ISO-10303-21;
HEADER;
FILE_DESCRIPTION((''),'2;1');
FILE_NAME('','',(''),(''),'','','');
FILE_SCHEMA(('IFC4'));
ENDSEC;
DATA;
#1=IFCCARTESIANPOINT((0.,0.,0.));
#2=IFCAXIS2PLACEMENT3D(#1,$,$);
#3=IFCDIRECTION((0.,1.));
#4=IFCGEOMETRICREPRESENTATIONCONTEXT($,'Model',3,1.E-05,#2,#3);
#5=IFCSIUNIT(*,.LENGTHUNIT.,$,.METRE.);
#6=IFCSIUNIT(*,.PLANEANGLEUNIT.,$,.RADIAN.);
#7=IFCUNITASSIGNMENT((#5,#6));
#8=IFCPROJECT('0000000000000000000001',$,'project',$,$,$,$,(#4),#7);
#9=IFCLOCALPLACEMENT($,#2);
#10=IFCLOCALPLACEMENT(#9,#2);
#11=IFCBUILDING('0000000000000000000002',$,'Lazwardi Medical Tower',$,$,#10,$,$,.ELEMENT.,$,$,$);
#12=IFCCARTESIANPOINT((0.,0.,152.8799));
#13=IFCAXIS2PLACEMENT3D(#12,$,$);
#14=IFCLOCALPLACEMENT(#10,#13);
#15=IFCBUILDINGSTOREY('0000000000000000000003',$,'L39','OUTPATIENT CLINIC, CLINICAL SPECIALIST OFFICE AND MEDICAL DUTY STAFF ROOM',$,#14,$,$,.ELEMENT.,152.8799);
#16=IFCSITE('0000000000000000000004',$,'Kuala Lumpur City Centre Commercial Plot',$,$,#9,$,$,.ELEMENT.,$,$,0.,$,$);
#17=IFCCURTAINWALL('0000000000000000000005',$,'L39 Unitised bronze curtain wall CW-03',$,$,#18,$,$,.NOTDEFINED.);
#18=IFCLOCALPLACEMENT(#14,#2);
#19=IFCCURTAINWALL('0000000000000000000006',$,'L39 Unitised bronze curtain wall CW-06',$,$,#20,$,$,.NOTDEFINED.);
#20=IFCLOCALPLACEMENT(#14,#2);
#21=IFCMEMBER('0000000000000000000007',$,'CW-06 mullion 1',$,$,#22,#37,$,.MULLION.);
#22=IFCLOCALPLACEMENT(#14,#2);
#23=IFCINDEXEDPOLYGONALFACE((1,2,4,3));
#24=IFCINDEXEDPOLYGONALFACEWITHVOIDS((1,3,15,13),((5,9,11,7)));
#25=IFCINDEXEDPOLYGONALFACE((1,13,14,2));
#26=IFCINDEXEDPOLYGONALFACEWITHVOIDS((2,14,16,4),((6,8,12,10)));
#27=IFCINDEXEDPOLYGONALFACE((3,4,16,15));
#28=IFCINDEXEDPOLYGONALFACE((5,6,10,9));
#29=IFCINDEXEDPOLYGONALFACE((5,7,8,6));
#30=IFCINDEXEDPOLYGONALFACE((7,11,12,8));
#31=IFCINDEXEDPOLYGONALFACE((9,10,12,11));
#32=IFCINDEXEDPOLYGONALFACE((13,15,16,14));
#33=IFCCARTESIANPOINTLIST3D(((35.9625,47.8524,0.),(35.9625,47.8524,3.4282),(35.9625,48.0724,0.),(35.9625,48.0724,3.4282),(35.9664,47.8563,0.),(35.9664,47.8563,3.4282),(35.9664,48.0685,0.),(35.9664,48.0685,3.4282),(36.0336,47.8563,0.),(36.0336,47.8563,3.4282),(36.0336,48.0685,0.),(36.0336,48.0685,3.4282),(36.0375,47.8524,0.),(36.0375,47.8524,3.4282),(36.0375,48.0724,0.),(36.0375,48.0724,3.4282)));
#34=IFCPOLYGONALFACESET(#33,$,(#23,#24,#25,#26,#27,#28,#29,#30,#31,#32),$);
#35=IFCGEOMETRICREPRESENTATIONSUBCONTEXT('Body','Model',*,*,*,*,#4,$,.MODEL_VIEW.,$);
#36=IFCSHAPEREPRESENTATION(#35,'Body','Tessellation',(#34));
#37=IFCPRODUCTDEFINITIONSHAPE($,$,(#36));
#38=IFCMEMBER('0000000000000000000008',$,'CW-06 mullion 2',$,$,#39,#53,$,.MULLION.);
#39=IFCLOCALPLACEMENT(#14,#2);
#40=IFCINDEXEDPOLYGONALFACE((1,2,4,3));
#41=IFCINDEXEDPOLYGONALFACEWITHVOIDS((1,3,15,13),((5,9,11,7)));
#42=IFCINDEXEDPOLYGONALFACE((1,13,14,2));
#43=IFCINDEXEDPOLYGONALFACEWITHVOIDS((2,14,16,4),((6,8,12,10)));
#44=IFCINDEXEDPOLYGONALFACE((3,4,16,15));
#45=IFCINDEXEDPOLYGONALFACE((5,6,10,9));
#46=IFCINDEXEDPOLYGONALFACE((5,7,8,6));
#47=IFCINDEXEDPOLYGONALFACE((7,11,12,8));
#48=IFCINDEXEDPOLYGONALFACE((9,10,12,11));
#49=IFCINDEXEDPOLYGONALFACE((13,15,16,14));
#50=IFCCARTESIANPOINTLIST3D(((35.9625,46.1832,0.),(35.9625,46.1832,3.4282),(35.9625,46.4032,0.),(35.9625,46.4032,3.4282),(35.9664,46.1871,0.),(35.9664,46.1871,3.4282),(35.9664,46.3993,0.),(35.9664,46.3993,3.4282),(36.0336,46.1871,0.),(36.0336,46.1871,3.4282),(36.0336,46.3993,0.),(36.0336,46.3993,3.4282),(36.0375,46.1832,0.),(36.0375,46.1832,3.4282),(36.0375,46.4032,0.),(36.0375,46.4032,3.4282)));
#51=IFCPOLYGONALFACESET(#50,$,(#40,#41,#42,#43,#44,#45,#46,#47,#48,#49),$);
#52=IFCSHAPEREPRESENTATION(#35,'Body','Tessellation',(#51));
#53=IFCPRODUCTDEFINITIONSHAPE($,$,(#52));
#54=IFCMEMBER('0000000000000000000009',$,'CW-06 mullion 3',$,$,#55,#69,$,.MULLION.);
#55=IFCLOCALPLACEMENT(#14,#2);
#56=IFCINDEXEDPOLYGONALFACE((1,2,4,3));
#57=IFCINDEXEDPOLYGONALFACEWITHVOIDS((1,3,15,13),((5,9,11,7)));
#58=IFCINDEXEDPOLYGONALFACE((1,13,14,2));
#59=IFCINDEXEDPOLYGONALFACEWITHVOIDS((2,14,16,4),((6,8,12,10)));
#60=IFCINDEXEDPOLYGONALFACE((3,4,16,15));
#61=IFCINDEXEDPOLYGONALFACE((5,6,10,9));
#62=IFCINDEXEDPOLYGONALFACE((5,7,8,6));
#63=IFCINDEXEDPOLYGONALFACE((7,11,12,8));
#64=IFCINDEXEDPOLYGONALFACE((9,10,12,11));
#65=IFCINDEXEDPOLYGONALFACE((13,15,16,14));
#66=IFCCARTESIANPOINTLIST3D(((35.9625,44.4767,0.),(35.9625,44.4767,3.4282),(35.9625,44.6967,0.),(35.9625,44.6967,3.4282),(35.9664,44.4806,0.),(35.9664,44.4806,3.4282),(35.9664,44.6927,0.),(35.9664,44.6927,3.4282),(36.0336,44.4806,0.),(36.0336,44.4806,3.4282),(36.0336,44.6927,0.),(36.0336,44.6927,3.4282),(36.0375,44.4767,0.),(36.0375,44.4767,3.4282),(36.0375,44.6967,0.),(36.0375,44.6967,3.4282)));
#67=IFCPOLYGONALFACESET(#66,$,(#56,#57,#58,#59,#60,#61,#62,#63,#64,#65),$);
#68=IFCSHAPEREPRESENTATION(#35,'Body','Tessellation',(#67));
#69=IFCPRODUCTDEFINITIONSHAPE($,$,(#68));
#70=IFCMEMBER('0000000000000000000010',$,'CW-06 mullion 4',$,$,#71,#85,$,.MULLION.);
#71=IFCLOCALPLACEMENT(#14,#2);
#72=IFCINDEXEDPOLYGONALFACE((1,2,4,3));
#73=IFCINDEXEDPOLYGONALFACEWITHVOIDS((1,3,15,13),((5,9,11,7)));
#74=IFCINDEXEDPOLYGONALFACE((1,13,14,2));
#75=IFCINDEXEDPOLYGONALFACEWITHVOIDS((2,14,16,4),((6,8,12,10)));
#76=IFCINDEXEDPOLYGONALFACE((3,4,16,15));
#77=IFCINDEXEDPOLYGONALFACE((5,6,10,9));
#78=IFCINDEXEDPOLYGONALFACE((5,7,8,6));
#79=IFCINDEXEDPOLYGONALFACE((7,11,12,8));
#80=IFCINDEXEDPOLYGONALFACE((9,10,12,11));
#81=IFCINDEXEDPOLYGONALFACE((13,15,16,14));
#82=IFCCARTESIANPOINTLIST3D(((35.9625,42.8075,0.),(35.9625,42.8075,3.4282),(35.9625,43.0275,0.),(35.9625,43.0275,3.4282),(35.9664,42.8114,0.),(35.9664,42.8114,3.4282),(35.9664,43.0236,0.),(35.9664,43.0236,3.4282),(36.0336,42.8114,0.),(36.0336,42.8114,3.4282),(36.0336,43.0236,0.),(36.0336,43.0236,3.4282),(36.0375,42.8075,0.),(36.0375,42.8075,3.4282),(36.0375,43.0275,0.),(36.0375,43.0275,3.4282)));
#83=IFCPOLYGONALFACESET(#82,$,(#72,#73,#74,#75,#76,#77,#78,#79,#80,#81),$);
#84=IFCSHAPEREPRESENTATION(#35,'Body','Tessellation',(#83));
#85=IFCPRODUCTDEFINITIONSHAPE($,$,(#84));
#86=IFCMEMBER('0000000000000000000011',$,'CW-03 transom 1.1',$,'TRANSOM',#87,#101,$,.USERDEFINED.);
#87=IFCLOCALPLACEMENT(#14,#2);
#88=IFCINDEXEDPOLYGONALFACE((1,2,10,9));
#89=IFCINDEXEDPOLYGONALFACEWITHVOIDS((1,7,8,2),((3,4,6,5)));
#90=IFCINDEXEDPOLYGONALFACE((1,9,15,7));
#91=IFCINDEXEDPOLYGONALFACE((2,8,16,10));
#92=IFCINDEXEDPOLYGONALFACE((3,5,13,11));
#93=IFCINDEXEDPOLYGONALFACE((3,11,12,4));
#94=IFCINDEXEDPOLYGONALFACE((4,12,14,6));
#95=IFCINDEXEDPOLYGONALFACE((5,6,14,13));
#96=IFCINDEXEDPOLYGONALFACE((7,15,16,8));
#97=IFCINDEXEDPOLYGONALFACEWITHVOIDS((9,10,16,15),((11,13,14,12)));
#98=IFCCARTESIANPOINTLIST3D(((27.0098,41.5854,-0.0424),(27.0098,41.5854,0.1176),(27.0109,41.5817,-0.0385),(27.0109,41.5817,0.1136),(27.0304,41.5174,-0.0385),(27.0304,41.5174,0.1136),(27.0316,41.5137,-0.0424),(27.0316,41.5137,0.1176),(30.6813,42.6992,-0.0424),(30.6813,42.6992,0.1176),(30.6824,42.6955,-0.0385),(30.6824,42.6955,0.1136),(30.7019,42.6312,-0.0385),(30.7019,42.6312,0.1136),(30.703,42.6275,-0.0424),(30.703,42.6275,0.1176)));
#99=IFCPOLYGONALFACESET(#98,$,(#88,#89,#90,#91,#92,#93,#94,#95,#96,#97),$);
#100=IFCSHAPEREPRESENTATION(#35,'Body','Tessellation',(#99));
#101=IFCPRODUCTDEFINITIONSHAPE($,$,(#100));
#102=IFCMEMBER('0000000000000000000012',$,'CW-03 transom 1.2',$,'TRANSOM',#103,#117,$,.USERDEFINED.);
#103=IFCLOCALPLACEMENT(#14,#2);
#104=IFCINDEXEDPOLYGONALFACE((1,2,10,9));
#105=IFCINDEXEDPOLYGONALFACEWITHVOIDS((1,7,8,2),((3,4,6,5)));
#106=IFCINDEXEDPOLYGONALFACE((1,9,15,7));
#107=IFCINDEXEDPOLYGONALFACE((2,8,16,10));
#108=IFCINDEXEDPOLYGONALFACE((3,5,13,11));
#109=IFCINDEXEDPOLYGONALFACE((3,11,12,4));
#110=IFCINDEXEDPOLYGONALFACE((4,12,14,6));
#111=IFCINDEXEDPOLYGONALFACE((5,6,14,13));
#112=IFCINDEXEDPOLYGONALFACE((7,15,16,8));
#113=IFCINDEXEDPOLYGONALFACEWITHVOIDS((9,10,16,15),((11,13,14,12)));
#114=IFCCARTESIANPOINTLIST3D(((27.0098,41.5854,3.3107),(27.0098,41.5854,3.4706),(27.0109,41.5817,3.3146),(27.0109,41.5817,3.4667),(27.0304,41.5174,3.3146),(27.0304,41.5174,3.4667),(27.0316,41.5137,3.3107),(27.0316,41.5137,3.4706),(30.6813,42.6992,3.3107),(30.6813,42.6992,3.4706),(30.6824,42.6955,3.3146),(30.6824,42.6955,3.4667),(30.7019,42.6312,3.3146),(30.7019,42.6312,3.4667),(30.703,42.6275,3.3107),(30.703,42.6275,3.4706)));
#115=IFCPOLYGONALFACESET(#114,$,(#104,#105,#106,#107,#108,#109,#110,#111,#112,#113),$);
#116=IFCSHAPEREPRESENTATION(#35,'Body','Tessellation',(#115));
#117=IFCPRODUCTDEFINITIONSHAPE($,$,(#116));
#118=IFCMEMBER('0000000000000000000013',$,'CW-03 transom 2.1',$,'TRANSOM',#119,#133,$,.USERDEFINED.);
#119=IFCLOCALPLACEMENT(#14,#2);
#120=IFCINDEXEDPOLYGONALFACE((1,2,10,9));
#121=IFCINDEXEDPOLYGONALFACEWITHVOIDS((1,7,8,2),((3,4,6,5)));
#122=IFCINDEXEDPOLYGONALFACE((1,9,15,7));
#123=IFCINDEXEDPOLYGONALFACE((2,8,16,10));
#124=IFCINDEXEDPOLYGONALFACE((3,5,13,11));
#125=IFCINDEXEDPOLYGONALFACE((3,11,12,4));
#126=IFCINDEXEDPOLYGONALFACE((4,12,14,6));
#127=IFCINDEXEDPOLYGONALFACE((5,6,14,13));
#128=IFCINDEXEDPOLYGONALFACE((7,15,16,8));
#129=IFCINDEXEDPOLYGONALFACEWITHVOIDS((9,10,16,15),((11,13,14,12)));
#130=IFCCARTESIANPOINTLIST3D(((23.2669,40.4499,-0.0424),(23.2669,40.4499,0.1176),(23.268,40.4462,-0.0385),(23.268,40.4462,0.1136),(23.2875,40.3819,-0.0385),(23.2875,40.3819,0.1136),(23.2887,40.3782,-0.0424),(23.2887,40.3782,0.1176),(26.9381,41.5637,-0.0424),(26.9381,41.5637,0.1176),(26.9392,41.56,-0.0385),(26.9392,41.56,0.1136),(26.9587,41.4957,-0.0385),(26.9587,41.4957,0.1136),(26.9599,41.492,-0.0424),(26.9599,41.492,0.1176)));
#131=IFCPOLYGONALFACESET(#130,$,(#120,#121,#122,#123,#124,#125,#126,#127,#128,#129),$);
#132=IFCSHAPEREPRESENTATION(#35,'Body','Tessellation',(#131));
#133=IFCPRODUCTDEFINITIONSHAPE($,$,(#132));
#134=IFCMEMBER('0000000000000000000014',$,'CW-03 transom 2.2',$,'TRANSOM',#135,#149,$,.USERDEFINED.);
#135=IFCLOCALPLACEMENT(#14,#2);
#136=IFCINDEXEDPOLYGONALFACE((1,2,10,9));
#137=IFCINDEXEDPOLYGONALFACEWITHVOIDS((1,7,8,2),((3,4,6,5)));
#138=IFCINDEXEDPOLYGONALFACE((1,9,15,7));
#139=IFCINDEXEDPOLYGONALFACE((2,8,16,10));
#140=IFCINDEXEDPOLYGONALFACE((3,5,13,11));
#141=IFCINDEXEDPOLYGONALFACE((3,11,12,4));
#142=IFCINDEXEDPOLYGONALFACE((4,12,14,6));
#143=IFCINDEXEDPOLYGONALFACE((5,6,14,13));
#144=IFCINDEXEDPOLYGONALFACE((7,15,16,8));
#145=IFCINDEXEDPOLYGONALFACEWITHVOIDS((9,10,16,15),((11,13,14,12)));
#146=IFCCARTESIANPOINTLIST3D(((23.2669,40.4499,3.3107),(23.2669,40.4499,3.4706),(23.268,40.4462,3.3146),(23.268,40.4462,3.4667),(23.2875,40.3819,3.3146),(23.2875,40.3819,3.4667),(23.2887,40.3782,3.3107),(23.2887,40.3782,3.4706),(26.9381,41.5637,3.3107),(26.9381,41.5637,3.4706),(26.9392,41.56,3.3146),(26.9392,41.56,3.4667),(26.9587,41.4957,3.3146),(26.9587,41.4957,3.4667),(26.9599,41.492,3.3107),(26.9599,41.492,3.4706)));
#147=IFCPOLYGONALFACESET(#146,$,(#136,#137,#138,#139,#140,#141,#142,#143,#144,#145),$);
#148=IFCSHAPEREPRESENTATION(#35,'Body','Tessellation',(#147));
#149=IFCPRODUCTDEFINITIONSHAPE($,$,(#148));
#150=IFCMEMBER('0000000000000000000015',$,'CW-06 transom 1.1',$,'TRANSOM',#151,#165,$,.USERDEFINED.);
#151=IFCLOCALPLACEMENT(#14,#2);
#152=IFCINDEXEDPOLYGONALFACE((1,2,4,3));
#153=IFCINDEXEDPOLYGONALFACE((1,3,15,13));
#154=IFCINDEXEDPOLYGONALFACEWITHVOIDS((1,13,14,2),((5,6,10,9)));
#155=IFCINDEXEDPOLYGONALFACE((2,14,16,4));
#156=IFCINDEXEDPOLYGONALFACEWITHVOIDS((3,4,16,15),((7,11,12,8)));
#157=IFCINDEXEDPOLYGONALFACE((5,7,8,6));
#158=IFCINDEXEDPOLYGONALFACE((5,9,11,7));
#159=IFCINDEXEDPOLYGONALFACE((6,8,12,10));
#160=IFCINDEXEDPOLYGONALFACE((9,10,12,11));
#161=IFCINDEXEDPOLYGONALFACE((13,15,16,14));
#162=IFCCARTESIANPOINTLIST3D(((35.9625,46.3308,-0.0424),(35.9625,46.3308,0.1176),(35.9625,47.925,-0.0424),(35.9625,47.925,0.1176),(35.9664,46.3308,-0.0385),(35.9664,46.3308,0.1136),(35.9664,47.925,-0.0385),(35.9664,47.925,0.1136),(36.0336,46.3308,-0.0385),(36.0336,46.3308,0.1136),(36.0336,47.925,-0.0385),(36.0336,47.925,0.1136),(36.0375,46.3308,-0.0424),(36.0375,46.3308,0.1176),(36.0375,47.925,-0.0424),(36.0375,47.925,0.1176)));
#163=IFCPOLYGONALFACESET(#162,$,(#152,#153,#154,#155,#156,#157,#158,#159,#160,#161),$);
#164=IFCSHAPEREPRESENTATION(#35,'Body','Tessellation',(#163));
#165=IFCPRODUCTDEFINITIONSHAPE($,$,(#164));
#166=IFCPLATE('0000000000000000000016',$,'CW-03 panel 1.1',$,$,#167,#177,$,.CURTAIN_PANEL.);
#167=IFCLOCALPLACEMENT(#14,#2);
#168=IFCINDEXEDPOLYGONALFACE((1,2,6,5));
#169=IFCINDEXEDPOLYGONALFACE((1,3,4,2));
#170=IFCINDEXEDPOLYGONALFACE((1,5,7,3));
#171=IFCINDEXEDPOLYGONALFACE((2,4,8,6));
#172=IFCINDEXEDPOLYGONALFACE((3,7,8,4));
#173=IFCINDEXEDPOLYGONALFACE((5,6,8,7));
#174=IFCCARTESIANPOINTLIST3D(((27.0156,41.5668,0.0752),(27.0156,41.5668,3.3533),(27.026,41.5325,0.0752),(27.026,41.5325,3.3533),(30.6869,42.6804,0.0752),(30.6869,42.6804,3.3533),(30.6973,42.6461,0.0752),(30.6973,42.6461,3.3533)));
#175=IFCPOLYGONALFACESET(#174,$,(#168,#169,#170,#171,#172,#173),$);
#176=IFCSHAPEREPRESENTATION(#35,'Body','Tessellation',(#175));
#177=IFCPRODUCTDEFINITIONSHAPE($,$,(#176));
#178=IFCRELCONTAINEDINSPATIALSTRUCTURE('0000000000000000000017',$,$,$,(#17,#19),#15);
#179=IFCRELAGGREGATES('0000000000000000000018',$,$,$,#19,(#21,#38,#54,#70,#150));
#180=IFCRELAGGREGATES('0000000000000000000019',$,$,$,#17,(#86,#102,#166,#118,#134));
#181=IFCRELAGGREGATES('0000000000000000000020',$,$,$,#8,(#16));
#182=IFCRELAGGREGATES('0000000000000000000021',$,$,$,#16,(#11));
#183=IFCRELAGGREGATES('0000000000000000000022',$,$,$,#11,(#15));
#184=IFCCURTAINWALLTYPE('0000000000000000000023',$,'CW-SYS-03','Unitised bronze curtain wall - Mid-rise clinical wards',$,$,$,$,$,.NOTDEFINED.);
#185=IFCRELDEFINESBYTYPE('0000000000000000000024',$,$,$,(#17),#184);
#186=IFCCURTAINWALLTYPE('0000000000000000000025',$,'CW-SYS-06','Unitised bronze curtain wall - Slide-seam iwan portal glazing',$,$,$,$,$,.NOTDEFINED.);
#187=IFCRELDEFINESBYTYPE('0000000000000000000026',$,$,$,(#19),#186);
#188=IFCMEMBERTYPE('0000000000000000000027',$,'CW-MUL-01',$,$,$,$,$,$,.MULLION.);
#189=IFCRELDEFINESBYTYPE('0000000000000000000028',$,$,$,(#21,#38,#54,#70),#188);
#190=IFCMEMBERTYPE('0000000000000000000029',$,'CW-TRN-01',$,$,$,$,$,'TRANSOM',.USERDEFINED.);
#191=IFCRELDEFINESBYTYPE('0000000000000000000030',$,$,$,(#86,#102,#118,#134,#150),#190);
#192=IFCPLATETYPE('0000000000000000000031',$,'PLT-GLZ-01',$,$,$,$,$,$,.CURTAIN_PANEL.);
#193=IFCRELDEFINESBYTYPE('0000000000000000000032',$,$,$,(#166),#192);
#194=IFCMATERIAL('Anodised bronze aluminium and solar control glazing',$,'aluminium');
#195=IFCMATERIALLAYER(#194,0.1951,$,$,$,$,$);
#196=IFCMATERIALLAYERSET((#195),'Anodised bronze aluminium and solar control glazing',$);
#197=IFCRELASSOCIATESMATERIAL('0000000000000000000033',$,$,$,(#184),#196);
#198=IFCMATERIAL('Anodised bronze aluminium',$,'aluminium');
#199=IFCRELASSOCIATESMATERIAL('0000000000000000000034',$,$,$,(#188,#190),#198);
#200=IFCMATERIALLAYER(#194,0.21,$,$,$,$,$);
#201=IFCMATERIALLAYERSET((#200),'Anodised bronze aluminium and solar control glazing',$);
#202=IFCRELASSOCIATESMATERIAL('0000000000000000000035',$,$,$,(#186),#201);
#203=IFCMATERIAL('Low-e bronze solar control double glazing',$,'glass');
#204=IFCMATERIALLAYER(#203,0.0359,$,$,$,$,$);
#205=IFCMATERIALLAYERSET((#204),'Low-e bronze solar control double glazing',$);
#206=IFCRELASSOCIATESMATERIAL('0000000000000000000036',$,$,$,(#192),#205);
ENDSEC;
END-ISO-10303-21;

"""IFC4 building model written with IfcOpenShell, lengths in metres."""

from ifc_helpers import new_model, si_unit, direction, frame, origin, origin_2d, place, context, subcontext, project, spatial, rectangle, hollow_rectangle, extrude, material, layer, layer_set, material_profile, profile_set, type_object, element, aggregate, save


model = new_model("IFC4")

# Units and contexts
model_context = context("Model", 3, precision=1e-05, world=origin(), true_north=direction((0.0, 1.0)))
body_context = subcontext(model_context, "Body", "Model", "MODEL_VIEW")
ifc_project = project(units=[si_unit("LENGTHUNIT", "METRE"), si_unit("PLANEANGLEUNIT", "RADIAN")], contexts=[model_context])

# Site, building, storey
site_placement = place(None, origin())
site = spatial("IfcSite", under=ifc_project, at=site_placement, Name="Kuala Lumpur City Centre Commercial Plot", CompositionType="ELEMENT", RefElevation=0.0)
building_placement = place(site_placement, origin())
building = spatial("IfcBuilding", under=site, at=building_placement, Name="Lazwardi Medical Tower", CompositionType="ELEMENT")
storey_placement = place(building_placement, frame((0.0, 0.0, 152.8799)))
storey = spatial("IfcBuildingStorey", under=building, at=storey_placement, Name="L39", Description="OUTPATIENT CLINIC, CLINICAL SPECIALIST OFFICE AND MEDICAL DUTY STAFF ROOM", CompositionType="ELEMENT", Elevation=152.8799)

# Curtain walls, members
ifc_material_1 = material(Name="Anodised bronze aluminium and solar control glazing", Category="aluminium")
ifc_layer_1 = layer(ifc_material_1, 0.1951)
ifc_layer_set_1 = layer_set([ifc_layer_1], Name="Anodised bronze aluminium and solar control glazing")
curtain_wall_type_1 = type_object("IfcCurtainWallType", Name="CW-SYS-03", Description="Unitised bronze curtain wall - Mid-rise clinical wards", PredefinedType="NOTDEFINED", material=ifc_layer_set_1)
curtain_wall_1_placement = place(storey_placement, origin())
curtain_wall_1 = element("IfcCurtainWall", 1, at=curtain_wall_1_placement, inside=storey, type_object=curtain_wall_type_1, Name="L39 Unitised bronze curtain wall CW-03", PredefinedType="NOTDEFINED")
ifc_material_2 = material(Name="Anodised bronze aluminium", Category="aluminium")
ifc_material_profile_1 = material_profile(ifc_material_2, hollow_rectangle(XDim=0.075, YDim=0.22, WallThickness=0.0039, at=origin_2d()), Name="ALU-MULLION 220x75x4")
ifc_profile_set_1 = profile_set([ifc_material_profile_1], Name="Anodised bronze aluminium")
member_type_1 = type_object("IfcMemberType", Name="CW-MUL-01", PredefinedType="MULLION", material=ifc_profile_set_1)
ifc_layer_2 = layer(ifc_material_1, 0.21)
ifc_layer_set_2 = layer_set([ifc_layer_2], Name="Anodised bronze aluminium and solar control glazing")
curtain_wall_type_2 = type_object("IfcCurtainWallType", Name="CW-SYS-06", Description="Unitised bronze curtain wall - Slide-seam iwan portal glazing", PredefinedType="NOTDEFINED", material=ifc_layer_set_2)
curtain_wall_2_placement = place(storey_placement, origin())
curtain_wall_2 = element("IfcCurtainWall", 2, at=curtain_wall_2_placement, inside=storey, type_object=curtain_wall_type_2, Name="L39 Unitised bronze curtain wall CW-06", PredefinedType="NOTDEFINED")
member_1_placement = place(storey_placement, frame((36.0, 47.9624, 0.0), z_axis=(0.0, 0.0, 1.0), x_axis=(1.0, 0.0, 0.0)))
member_1 = element("IfcMember", 3, at=member_1_placement, type_object=member_type_1, Name="CW-06 mullion 1", PredefinedType="MULLION", context=body_context, shape_type="SweptSolid", body=[
    extrude(hollow_rectangle(XDim=0.075, YDim=0.22, WallThickness=0.0039, at=origin_2d()), origin(), (0.0, 0.0, 1.0), 3.4282),
])
member_2_placement = place(storey_placement, frame((36.0, 46.2932, 0.0), z_axis=(0.0, 0.0, 1.0), x_axis=(1.0, 0.0, 0.0)))
member_2 = element("IfcMember", 4, at=member_2_placement, type_object=member_type_1, Name="CW-06 mullion 2", PredefinedType="MULLION", context=body_context, shape_type="SweptSolid", body=[
    extrude(hollow_rectangle(XDim=0.075, YDim=0.22, WallThickness=0.0039, at=origin_2d()), origin(), (0.0, 0.0, 1.0), 3.4282),
])
member_3_placement = place(storey_placement, frame((36.0, 44.5867, 0.0), z_axis=(0.0, 0.0, 1.0), x_axis=(1.0, 0.0, 0.0)))
member_3 = element("IfcMember", 5, at=member_3_placement, type_object=member_type_1, Name="CW-06 mullion 3", PredefinedType="MULLION", context=body_context, shape_type="SweptSolid", body=[
    extrude(hollow_rectangle(XDim=0.075, YDim=0.22, WallThickness=0.0039, at=origin_2d()), origin(), (0.0, 0.0, 1.0), 3.4282),
])
member_4_placement = place(storey_placement, frame((36.0, 42.9175, 0.0), z_axis=(0.0, 0.0, 1.0), x_axis=(1.0, 0.0, 0.0)))
member_4 = element("IfcMember", 6, at=member_4_placement, type_object=member_type_1, Name="CW-06 mullion 4", PredefinedType="MULLION", context=body_context, shape_type="SweptSolid", body=[
    extrude(hollow_rectangle(XDim=0.075, YDim=0.22, WallThickness=0.0039, at=origin_2d()), origin(), (0.0, 0.0, 1.0), 3.4282),
])

# Members
ifc_material_profile_2 = material_profile(ifc_material_2, hollow_rectangle(XDim=0.075, YDim=0.1599, WallThickness=0.0039, at=origin_2d()), Name="ALU-TRANSOM 160x75x4")
ifc_profile_set_2 = profile_set([ifc_material_profile_2], Name="Anodised bronze aluminium")
member_type_2 = type_object("IfcMemberType", Name="CW-TRN-01", ElementType="TRANSOM", PredefinedType="USERDEFINED", material=ifc_profile_set_2)
member_5_placement = place(storey_placement, frame((30.6921, 42.6633, 0.0376), z_axis=(-0.956936, -0.290301, 0.0), x_axis=(0.290301, -0.956936, 0.0)))
member_5 = element("IfcMember", 7, at=member_5_placement, type_object=member_type_2, Name="CW-03 transom 1.1", ObjectType="TRANSOM", PredefinedType="USERDEFINED", context=body_context, shape_type="SweptSolid", body=[
    extrude(hollow_rectangle(XDim=0.075, YDim=0.1599, WallThickness=0.0039, at=origin_2d()), origin(), (0.0, 0.0, 1.0), 3.8367),
])
member_6_placement = place(storey_placement, frame((30.6921, 42.6633, 3.3906), z_axis=(-0.956936, -0.290301, 0.0), x_axis=(0.290301, -0.956936, 0.0)))
member_6 = element("IfcMember", 8, at=member_6_placement, type_object=member_type_2, Name="CW-03 transom 1.2", ObjectType="TRANSOM", PredefinedType="USERDEFINED", context=body_context, shape_type="SweptSolid", body=[
    extrude(hollow_rectangle(XDim=0.075, YDim=0.1599, WallThickness=0.0039, at=origin_2d()), origin(), (0.0, 0.0, 1.0), 3.8367),
])
member_7_placement = place(storey_placement, frame((26.949, 41.5278, 0.0376), z_axis=(-0.95693, -0.290318, 0.0), x_axis=(0.290318, -0.95693, 0.0)))
member_7 = element("IfcMember", 9, at=member_7_placement, type_object=member_type_2, Name="CW-03 transom 2.1", ObjectType="TRANSOM", PredefinedType="USERDEFINED", context=body_context, shape_type="SweptSolid", body=[
    extrude(hollow_rectangle(XDim=0.075, YDim=0.1599, WallThickness=0.0039, at=origin_2d()), origin(), (0.0, 0.0, 1.0), 3.8364),
])
member_8_placement = place(storey_placement, frame((26.949, 41.5278, 3.3906), z_axis=(-0.95693, -0.290318, 0.0), x_axis=(0.290318, -0.95693, 0.0)))
member_8 = element("IfcMember", 10, at=member_8_placement, type_object=member_type_2, Name="CW-03 transom 2.2", ObjectType="TRANSOM", PredefinedType="USERDEFINED", context=body_context, shape_type="SweptSolid", body=[
    extrude(hollow_rectangle(XDim=0.075, YDim=0.1599, WallThickness=0.0039, at=origin_2d()), origin(), (0.0, 0.0, 1.0), 3.8364),
])
member_9_placement = place(storey_placement, frame((36.0, 47.925, 0.0376), z_axis=(0.0, -1.0, 0.0), x_axis=(1.0, 0.0, 0.0)))
member_9 = element("IfcMember", 11, at=member_9_placement, type_object=member_type_2, Name="CW-06 transom 1.1", ObjectType="TRANSOM", PredefinedType="USERDEFINED", context=body_context, shape_type="SweptSolid", body=[
    extrude(hollow_rectangle(XDim=0.075, YDim=0.1599, WallThickness=0.0039, at=origin_2d()), origin(), (0.0, 0.0, 1.0), 1.5942),
])
aggregate(curtain_wall_2, [member_1, member_2, member_3, member_4, member_9])

# Plate
ifc_material_3 = material(Name="Low-e bronze solar control double glazing", Category="glass")
ifc_layer_3 = layer(ifc_material_3, 0.0359)
ifc_layer_set_3 = layer_set([ifc_layer_3], Name="Low-e bronze solar control double glazing")
plate_type = type_object("IfcPlateType", Name="PLT-GLZ-01", PredefinedType="CURTAIN_PANEL", material=ifc_layer_set_3)
plate_placement = place(storey_placement, frame((28.8564, 42.1064, 0.0752), z_axis=(0.0, 0.0, 1.0), x_axis=(-0.956942, -0.290281, 0.0)))
plate = element("IfcPlate", 12, at=plate_placement, type_object=plate_type, Name="CW-03 panel 1.1", PredefinedType="CURTAIN_PANEL", context=body_context, shape_type="SweptSolid", body=[
    extrude(rectangle(XDim=3.8364, YDim=0.0359, at=origin_2d()), origin(), (0.0, 0.0, 1.0), 3.2781),
])
aggregate(curtain_wall_1, [member_5, member_6, plate, member_7, member_8])

save(model, "model.ifc")
